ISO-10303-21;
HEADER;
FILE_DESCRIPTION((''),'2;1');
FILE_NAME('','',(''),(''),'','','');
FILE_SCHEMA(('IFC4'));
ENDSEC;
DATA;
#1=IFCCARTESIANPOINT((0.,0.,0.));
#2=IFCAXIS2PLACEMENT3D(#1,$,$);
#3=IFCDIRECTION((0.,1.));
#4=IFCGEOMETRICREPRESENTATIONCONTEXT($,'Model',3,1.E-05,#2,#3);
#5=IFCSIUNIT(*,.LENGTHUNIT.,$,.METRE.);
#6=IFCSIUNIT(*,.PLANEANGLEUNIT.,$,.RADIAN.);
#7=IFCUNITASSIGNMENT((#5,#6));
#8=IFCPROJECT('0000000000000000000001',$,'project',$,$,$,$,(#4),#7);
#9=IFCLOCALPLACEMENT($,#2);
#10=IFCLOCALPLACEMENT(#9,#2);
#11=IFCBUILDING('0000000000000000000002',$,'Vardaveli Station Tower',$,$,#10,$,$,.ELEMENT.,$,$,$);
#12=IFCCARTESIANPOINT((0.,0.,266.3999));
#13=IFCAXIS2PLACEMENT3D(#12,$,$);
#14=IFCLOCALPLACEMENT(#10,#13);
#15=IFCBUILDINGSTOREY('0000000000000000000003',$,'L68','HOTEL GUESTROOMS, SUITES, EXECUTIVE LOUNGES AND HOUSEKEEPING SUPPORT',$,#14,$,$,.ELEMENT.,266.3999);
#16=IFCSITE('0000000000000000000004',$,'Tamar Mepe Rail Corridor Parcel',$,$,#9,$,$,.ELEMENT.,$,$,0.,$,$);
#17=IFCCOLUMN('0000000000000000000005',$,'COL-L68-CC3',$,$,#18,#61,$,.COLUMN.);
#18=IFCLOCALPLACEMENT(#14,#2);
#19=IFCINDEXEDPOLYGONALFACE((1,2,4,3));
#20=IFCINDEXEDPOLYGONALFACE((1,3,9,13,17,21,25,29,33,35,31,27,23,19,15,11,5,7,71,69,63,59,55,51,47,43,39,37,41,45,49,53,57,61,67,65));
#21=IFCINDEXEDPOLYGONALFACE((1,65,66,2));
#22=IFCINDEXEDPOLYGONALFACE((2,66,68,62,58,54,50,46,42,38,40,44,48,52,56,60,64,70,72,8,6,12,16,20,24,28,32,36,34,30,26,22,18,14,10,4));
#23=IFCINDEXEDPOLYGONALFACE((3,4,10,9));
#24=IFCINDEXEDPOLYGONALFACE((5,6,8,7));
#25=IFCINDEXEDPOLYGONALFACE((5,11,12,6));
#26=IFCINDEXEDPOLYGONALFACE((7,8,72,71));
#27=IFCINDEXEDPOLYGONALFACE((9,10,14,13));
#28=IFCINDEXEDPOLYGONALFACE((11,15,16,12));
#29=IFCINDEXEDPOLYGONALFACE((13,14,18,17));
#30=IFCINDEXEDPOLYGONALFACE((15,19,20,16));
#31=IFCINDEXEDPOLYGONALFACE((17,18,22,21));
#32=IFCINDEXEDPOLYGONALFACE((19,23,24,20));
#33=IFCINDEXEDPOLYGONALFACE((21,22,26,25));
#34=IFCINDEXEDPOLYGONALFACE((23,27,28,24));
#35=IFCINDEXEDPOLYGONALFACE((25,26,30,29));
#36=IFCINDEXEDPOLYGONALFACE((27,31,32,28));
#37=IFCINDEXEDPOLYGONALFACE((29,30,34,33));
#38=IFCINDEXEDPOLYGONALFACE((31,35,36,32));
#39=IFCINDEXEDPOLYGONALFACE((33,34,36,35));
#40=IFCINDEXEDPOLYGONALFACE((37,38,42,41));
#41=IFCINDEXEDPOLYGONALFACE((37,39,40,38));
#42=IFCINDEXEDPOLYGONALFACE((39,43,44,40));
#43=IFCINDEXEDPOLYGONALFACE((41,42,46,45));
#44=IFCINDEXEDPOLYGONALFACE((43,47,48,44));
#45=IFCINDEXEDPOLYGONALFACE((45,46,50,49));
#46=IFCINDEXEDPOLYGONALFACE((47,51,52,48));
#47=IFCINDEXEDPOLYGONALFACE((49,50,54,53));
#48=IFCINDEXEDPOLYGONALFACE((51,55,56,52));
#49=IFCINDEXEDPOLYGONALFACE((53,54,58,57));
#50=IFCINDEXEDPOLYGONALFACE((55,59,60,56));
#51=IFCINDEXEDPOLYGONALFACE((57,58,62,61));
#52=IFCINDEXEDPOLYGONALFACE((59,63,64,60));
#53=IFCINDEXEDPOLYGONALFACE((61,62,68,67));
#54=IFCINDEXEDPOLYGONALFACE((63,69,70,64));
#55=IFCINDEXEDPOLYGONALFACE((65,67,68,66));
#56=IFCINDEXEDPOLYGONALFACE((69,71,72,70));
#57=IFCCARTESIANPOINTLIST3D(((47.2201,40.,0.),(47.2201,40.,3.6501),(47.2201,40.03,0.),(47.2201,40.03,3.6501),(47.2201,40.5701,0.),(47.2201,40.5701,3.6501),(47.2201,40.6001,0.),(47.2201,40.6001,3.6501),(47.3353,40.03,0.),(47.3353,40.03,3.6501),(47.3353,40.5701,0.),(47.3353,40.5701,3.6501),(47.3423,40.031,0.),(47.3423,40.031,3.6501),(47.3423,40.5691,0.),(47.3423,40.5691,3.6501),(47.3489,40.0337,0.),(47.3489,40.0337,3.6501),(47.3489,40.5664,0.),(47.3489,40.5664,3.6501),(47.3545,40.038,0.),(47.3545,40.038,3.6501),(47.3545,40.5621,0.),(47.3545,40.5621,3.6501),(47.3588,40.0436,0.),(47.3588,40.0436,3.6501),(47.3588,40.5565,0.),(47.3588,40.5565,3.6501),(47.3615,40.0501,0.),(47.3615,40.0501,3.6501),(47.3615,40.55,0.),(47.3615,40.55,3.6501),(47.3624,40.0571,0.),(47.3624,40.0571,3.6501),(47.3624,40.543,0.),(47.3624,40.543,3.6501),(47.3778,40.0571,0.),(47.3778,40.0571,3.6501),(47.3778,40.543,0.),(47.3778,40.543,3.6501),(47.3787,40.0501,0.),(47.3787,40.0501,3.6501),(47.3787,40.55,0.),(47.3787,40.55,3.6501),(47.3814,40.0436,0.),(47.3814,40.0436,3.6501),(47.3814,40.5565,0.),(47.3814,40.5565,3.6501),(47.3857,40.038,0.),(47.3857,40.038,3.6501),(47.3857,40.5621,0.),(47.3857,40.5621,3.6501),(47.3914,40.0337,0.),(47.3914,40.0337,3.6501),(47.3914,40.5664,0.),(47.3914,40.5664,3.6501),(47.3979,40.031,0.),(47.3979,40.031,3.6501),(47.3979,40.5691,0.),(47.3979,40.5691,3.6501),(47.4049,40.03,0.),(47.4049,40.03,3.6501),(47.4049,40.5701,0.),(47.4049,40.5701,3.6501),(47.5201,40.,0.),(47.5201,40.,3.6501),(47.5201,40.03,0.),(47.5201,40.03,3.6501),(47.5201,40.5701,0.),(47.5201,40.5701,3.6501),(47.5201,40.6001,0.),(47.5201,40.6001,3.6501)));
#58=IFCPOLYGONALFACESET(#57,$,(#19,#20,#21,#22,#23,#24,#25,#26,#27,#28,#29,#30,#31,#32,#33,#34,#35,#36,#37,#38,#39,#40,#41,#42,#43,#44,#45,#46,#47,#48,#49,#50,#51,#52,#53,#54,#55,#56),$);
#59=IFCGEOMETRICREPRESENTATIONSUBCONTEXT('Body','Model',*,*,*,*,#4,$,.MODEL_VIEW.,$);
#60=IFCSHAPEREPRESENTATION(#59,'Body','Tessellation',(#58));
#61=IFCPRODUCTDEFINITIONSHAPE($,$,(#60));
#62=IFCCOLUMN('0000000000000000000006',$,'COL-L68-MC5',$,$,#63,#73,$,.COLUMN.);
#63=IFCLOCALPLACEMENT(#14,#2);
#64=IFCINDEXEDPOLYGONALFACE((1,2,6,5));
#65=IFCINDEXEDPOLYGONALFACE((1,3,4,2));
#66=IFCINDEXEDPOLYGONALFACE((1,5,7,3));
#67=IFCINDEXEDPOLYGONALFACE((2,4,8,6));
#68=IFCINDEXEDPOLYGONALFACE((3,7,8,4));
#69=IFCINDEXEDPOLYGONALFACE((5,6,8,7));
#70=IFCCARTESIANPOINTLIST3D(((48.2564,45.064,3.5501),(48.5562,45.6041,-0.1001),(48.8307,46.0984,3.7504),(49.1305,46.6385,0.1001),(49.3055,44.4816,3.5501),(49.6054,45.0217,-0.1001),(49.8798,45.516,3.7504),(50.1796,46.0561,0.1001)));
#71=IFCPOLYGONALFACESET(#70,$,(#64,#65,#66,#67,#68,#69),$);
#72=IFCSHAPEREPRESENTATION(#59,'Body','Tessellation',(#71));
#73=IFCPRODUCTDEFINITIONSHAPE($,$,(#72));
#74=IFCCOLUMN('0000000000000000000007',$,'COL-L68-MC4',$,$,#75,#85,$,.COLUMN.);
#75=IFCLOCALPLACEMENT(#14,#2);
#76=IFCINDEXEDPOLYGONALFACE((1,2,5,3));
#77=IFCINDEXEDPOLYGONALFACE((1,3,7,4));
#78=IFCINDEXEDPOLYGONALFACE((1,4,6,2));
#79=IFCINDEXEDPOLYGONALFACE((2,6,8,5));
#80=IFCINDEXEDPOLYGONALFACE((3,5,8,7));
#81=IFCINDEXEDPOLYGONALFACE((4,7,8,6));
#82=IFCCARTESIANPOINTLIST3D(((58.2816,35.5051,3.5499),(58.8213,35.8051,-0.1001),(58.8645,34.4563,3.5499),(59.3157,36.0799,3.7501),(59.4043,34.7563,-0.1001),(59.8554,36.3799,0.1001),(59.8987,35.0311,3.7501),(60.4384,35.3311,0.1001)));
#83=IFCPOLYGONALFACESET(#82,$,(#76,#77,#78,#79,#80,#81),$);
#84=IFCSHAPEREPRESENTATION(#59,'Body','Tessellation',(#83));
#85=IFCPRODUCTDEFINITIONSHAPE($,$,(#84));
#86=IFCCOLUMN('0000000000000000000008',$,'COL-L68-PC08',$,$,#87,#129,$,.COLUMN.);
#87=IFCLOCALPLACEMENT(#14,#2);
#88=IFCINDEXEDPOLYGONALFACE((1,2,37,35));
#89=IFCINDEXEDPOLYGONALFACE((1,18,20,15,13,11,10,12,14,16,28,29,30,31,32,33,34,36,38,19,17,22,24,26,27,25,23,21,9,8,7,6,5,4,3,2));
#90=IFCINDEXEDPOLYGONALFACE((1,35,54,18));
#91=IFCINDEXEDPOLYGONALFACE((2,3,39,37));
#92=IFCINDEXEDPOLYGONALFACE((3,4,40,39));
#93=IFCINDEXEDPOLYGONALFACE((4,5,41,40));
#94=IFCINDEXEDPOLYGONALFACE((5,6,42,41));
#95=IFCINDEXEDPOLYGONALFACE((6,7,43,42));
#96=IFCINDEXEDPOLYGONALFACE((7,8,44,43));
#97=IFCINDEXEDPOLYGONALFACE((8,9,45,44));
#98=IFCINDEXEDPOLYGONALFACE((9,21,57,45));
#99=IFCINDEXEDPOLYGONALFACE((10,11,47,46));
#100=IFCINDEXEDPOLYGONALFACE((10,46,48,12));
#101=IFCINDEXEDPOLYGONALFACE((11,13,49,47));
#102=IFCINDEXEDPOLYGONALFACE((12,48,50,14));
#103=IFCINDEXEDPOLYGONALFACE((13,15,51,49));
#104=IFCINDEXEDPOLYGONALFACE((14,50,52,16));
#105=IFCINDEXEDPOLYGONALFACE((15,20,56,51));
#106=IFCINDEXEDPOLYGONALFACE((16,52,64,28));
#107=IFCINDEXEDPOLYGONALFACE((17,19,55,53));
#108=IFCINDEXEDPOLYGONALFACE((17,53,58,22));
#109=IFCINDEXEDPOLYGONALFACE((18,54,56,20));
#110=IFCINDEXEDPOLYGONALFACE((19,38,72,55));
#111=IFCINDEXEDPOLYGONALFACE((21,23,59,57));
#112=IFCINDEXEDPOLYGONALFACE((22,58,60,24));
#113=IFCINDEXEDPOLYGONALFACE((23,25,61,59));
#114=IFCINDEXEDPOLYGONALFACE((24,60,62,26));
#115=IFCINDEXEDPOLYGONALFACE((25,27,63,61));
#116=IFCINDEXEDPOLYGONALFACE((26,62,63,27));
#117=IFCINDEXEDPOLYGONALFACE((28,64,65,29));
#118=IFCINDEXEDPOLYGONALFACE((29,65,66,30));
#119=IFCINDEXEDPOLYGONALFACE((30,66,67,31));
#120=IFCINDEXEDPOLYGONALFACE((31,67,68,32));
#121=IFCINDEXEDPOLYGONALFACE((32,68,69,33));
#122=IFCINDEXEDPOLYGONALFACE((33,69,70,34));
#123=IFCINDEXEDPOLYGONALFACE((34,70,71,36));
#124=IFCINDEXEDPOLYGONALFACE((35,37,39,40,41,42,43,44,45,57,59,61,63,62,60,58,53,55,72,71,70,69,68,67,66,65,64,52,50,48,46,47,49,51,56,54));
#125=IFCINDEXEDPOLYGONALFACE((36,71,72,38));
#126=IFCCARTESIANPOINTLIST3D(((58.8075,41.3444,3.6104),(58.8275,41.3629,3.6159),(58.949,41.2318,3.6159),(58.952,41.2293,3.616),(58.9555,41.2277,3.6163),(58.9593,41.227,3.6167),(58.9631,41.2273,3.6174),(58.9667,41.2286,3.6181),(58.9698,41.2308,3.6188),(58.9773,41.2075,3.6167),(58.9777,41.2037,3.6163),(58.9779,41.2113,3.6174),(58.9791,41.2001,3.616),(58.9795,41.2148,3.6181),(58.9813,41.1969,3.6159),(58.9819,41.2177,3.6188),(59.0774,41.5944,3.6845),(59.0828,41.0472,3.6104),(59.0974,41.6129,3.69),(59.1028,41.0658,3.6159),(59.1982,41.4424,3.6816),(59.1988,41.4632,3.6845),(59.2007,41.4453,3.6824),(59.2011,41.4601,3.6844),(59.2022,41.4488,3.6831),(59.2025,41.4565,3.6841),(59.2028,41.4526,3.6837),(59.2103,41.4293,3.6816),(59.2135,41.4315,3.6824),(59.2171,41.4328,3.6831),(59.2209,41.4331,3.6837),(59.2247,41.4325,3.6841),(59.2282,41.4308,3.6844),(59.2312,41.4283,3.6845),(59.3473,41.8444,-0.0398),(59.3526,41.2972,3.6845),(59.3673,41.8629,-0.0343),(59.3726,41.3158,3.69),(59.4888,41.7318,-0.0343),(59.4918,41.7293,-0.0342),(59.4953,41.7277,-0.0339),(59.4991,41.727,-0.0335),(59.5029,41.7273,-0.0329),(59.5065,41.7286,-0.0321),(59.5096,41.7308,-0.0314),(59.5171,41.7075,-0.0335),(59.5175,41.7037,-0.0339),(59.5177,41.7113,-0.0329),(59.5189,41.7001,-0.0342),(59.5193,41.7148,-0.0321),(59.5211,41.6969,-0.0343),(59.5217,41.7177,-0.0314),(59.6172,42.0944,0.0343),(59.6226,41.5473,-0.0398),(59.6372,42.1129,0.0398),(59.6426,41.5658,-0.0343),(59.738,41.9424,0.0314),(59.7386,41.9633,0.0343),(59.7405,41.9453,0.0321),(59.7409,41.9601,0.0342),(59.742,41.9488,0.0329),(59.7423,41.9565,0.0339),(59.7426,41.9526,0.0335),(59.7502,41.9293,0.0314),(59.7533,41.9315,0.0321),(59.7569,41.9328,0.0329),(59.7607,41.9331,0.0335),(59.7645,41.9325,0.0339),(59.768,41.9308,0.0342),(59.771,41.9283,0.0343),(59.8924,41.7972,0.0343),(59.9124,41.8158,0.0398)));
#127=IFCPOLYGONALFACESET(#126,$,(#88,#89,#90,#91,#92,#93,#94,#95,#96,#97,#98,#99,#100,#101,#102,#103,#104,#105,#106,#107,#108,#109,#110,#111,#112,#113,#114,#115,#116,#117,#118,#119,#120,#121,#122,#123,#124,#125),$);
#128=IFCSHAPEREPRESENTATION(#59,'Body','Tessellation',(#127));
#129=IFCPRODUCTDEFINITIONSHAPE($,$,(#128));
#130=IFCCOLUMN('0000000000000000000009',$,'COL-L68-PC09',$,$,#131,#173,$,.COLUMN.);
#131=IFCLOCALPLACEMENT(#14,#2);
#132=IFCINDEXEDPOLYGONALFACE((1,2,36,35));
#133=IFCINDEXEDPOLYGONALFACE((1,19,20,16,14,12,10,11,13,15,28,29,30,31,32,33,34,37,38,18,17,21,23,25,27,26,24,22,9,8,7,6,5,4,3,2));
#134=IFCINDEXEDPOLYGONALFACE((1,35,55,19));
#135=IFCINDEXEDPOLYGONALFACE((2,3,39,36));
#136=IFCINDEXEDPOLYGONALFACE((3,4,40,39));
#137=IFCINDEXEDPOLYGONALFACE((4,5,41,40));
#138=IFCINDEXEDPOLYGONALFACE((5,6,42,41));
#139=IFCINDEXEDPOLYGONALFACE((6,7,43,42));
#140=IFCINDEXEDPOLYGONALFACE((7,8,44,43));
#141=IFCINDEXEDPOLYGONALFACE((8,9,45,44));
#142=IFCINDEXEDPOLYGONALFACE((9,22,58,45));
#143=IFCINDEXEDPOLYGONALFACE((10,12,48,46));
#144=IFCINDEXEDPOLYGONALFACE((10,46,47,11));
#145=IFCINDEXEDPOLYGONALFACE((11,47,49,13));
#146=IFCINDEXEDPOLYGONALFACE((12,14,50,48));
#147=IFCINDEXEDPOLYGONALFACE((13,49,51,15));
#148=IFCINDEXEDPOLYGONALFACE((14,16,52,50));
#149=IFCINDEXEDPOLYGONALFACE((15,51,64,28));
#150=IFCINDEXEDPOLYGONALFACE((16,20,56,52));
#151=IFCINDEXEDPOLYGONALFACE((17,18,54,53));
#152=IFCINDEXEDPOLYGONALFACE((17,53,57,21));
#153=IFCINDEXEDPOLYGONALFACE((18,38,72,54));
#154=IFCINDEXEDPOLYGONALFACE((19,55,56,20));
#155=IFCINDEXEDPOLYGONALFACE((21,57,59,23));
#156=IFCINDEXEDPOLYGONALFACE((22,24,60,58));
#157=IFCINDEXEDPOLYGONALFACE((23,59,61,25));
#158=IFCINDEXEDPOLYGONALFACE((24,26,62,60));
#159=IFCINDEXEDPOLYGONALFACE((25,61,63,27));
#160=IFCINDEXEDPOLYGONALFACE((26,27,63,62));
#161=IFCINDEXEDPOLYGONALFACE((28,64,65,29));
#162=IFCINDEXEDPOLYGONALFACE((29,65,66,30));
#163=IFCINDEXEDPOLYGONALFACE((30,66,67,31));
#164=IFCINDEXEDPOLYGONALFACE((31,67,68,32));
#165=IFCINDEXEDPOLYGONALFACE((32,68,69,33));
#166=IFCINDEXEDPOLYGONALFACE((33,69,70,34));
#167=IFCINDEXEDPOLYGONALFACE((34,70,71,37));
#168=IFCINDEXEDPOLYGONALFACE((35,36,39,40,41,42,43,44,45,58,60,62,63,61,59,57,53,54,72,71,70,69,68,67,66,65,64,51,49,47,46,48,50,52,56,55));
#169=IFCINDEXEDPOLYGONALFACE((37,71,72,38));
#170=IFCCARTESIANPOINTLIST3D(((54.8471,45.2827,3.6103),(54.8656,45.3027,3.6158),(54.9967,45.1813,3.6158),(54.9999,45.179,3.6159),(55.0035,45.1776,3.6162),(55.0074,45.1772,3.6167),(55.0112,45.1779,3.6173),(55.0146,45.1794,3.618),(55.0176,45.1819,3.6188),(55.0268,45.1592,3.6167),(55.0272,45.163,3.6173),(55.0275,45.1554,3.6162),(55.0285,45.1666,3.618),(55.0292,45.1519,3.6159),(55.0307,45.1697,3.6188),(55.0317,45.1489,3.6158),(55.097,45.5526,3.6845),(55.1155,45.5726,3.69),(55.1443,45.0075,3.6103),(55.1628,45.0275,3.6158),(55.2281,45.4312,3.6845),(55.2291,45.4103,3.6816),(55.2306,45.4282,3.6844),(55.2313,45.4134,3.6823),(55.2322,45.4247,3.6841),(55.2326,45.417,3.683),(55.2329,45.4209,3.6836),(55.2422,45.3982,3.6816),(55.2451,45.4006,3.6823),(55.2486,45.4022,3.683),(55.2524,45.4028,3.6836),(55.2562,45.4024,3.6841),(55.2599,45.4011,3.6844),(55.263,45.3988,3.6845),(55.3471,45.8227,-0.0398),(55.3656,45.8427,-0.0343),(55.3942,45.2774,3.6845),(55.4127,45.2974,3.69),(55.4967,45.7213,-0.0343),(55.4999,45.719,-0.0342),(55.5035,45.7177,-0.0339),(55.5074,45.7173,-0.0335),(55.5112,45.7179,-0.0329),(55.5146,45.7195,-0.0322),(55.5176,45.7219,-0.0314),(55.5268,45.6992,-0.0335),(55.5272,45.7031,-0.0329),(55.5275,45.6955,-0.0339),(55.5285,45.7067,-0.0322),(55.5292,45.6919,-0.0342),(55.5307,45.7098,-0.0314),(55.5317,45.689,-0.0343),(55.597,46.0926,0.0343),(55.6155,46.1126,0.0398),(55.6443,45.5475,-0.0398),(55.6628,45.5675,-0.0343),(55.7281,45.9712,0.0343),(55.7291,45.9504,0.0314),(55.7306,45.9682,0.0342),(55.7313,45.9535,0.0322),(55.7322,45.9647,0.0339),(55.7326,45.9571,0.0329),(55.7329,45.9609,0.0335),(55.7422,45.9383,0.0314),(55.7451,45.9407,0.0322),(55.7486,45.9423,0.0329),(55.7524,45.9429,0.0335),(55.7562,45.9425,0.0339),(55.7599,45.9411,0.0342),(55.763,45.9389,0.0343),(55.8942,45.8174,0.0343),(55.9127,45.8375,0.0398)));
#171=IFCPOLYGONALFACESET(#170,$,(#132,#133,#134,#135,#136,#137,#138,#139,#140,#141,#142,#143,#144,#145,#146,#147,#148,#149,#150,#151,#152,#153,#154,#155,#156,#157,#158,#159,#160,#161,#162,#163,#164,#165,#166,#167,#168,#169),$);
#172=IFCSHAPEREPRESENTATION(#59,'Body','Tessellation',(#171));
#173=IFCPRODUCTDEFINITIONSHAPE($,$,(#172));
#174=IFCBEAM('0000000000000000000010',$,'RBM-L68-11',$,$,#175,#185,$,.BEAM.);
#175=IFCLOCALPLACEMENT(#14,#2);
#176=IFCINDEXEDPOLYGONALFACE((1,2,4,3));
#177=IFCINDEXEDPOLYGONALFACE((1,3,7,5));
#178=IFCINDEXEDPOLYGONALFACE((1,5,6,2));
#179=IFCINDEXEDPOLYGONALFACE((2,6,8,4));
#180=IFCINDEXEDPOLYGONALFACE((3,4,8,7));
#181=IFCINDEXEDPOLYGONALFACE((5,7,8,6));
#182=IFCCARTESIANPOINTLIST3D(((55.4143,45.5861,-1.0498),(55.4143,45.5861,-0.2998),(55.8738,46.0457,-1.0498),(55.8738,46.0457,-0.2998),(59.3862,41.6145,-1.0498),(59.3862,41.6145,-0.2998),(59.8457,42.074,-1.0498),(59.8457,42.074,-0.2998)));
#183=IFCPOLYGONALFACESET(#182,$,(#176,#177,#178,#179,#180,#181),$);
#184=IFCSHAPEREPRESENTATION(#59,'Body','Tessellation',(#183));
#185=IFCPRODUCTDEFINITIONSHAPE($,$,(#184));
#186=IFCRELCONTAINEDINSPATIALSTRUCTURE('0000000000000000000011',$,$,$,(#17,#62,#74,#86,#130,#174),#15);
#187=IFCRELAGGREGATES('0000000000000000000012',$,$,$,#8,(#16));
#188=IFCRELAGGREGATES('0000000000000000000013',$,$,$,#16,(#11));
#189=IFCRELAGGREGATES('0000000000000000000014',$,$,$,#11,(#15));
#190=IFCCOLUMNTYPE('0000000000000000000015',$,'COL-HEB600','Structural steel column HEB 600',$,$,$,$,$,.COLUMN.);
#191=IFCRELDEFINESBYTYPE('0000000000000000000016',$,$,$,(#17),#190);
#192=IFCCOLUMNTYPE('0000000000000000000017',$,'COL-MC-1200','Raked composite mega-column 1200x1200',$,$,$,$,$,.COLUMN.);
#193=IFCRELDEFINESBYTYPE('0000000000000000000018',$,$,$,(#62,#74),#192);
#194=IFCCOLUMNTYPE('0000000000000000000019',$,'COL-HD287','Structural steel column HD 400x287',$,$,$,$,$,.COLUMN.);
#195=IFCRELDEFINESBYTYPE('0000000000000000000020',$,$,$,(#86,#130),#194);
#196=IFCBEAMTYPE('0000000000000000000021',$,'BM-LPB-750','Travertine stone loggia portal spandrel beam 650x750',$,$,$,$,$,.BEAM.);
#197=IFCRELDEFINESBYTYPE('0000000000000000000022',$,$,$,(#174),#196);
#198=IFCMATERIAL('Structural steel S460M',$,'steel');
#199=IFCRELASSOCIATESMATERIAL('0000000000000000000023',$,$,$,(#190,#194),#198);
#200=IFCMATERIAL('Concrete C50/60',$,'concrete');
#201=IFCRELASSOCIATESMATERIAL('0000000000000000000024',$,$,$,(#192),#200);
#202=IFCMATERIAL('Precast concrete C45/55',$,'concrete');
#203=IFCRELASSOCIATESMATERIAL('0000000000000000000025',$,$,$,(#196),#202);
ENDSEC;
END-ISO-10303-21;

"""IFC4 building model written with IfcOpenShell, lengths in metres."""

from ifc_helpers import new_model, si_unit, direction, frame, origin, origin_2d, place, context, subcontext, project, spatial, rectangle, i_section, extrude, source, transform, mapped, material, material_profile, profile_set, type_object, element, save


model = new_model("IFC4")

# Units and contexts
model_context = context("Model", 3, precision=1e-05, world=origin(), true_north=direction((0.0, 1.0)))
body_context = subcontext(model_context, "Body", "Model", "MODEL_VIEW")
ifc_project = project(units=[si_unit("LENGTHUNIT", "METRE"), si_unit("PLANEANGLEUNIT", "RADIAN")], contexts=[model_context])

# Site, building, storey
site_placement = place(None, origin())
site = spatial("IfcSite", under=ifc_project, at=site_placement, Name="Tamar Mepe Rail Corridor Parcel", CompositionType="ELEMENT", RefElevation=0.0)
building_placement = place(site_placement, origin())
building = spatial("IfcBuilding", under=site, at=building_placement, Name="Vardaveli Station Tower", CompositionType="ELEMENT")
storey_placement = place(building_placement, frame((0.0, 0.0, 266.3999)))
storey = spatial("IfcBuildingStorey", under=building, at=storey_placement, Name="L68", Description="HOTEL GUESTROOMS, SUITES, EXECUTIVE LOUNGES AND HOUSEKEEPING SUPPORT", CompositionType="ELEMENT", Elevation=266.3999)

# Columns
ifc_material_1 = material(Name="Structural steel S460M", Category="steel")
ifc_material_profile_1 = material_profile(ifc_material_1, i_section(OverallWidth=0.3, OverallDepth=0.6001, WebThickness=0.0154, FlangeThickness=0.03, FilletRadius=0.0271, at=origin_2d()), Name="HEB 600")
ifc_profile_set_1 = profile_set([ifc_material_profile_1], Name="Structural steel S460M")
column_type_1 = type_object("IfcColumnType", Name="COL-HEB600", Description="Structural steel column HEB 600", PredefinedType="COLUMN", material=ifc_profile_set_1)
shared_shape_1 = source(origin(), body_context, "Body", "SweptSolid", [
    extrude(i_section(OverallWidth=0.3, OverallDepth=0.6001, WebThickness=0.0154, FlangeThickness=0.03, FilletRadius=0.0271, at=origin_2d()), origin(), (0.0, 0.0, 1.0), 3.6501),
])
column_1_placement = place(storey_placement, frame((47.3701, 40.3, 0.0), z_axis=(0.0, 0.0, 1.0), x_axis=(1.0, 0.0, 0.0)))
element("IfcColumn", 1, at=column_1_placement, inside=storey, type_object=column_type_1, Name="COL-L68-CC3", PredefinedType="COLUMN", context=body_context, shape_type="MappedRepresentation", body=[
    mapped(shared_shape_1, transform((0.0, 0.0, 0.0), scale=1.0)),
])
ifc_material_2 = material(Name="Concrete C50/60", Category="concrete")
ifc_material_profile_2 = material_profile(ifc_material_2, rectangle(XDim=1.2, YDim=1.2, at=origin_2d()), Name="MC 1200x1200")
ifc_profile_set_2 = profile_set([ifc_material_profile_2], Name="Concrete C50/60")
column_type_2 = type_object("IfcColumnType", Name="COL-MC-1200", Description="Raked composite mega-column 1200x1200", PredefinedType="COLUMN", material=ifc_profile_set_2)
shared_shape_2 = source(origin(), body_context, "Body", "SweptSolid", [
    extrude(rectangle(XDim=1.2, YDim=1.2, at=origin_2d()), origin(), (0.0, 0.0, 1.0), 3.7021),
])
column_2_placement = place(storey_placement, frame((49.3679, 45.8301, 0.0), z_axis=(-0.080984, -0.145876, 0.985983), x_axis=(0.874306, -0.485374, 0.0)))
element("IfcColumn", 2, at=column_2_placement, inside=storey, type_object=column_type_2, Name="COL-L68-MC5", PredefinedType="COLUMN", context=body_context, shape_type="MappedRepresentation", body=[
    mapped(shared_shape_2, transform((0.0, 0.0, 0.0), scale=1.0)),
])
shared_shape_3 = source(origin(), body_context, "Body", "SweptSolid", [
    extrude(rectangle(XDim=1.2, YDim=1.2, at=origin_2d()), origin(), (0.0, 0.0, 1.0), 3.7019),
])
column_3_placement = place(storey_placement, frame((59.6299, 35.5681, 0.0), z_axis=(-0.145811, -0.08105, 0.985987), x_axis=(0.485844, -0.874045, 0.0)))
element("IfcColumn", 3, at=column_3_placement, inside=storey, type_object=column_type_2, Name="COL-L68-MC4", PredefinedType="COLUMN", context=body_context, shape_type="MappedRepresentation", body=[
    mapped(shared_shape_3, transform((0.0, 0.0, 0.0), scale=1.0)),
])
ifc_material_profile_3 = material_profile(ifc_material_1, i_section(OverallWidth=0.405, OverallDepth=0.4031, WebThickness=0.0178, FlangeThickness=0.0278, FilletRadius=0.0149, at=origin_2d()), Name="HD 400x287")
ifc_profile_set_3 = profile_set([ifc_material_profile_3], Name="Structural steel S460M")
column_type_3 = type_object("IfcColumnType", Name="COL-HD287", Description="Structural steel column HD 400x287", PredefinedType="COLUMN", material=ifc_profile_set_3)
shared_shape_4 = source(origin(), body_context, "Body", "SweptSolid", [
    extrude(i_section(OverallWidth=0.405, OverallDepth=0.4031, WebThickness=0.0178, FlangeThickness=0.0278, FilletRadius=0.0149, at=origin_2d()), origin(), (0.0, 0.0, 1.0), 3.7236),
])
for number, where, z_axis, x_axis, name in (
    (4, (59.6299, 41.8301, 0.0), (-0.144967, -0.13428, 0.980282), (0.679547, -0.733632, 0.0), "COL-L68-PC08"),
    (5, (55.6299, 45.8301, 0.0), (-0.134279, -0.145031, 0.980273), (0.733785, -0.679382, 0.0), "COL-L68-PC09"),
):
    element("IfcColumn", number, at=place(storey_placement, frame(where, z_axis=z_axis, x_axis=x_axis)), inside=storey, type_object=column_type_3, Name=name, PredefinedType="COLUMN", context=body_context, shape_type="MappedRepresentation", body=[
        mapped(shared_shape_4, transform((0.0, 0.0, 0.0), scale=1.0)),
    ])

# Beam
ifc_material_3 = material(Name="Precast concrete C45/55", Category="concrete")
ifc_material_profile_4 = material_profile(ifc_material_3, rectangle(XDim=0.6499, YDim=0.75, at=origin_2d()), Name="LPB 650x750")
ifc_profile_set_4 = profile_set([ifc_material_profile_4], Name="Precast concrete C45/55")
beam_type = type_object("IfcBeamType", Name="BM-LPB-750", Description="Travertine stone loggia portal spandrel beam 650x750", PredefinedType="BEAM", material=ifc_profile_set_4)
shared_shape_5 = source(origin(), body_context, "Body", "SweptSolid", [
    extrude(rectangle(XDim=0.6499, YDim=0.75, at=origin_2d()), origin(), (0.0, 0.0, 1.0), 5.6169),
])
beam_1_placement = place(storey_placement, frame((59.616, 41.8442, -0.6748), z_axis=(-0.707129, 0.707085, 0.0), x_axis=(-0.707085, -0.707129, 0.0)))
element("IfcBeam", 6, at=beam_1_placement, inside=storey, type_object=beam_type, Name="RBM-L68-11", PredefinedType="BEAM", context=body_context, shape_type="MappedRepresentation", body=[
    mapped(shared_shape_5, transform((0.0, 0.0, 0.0), scale=1.0)),
])

save(model, "model.ifc")
